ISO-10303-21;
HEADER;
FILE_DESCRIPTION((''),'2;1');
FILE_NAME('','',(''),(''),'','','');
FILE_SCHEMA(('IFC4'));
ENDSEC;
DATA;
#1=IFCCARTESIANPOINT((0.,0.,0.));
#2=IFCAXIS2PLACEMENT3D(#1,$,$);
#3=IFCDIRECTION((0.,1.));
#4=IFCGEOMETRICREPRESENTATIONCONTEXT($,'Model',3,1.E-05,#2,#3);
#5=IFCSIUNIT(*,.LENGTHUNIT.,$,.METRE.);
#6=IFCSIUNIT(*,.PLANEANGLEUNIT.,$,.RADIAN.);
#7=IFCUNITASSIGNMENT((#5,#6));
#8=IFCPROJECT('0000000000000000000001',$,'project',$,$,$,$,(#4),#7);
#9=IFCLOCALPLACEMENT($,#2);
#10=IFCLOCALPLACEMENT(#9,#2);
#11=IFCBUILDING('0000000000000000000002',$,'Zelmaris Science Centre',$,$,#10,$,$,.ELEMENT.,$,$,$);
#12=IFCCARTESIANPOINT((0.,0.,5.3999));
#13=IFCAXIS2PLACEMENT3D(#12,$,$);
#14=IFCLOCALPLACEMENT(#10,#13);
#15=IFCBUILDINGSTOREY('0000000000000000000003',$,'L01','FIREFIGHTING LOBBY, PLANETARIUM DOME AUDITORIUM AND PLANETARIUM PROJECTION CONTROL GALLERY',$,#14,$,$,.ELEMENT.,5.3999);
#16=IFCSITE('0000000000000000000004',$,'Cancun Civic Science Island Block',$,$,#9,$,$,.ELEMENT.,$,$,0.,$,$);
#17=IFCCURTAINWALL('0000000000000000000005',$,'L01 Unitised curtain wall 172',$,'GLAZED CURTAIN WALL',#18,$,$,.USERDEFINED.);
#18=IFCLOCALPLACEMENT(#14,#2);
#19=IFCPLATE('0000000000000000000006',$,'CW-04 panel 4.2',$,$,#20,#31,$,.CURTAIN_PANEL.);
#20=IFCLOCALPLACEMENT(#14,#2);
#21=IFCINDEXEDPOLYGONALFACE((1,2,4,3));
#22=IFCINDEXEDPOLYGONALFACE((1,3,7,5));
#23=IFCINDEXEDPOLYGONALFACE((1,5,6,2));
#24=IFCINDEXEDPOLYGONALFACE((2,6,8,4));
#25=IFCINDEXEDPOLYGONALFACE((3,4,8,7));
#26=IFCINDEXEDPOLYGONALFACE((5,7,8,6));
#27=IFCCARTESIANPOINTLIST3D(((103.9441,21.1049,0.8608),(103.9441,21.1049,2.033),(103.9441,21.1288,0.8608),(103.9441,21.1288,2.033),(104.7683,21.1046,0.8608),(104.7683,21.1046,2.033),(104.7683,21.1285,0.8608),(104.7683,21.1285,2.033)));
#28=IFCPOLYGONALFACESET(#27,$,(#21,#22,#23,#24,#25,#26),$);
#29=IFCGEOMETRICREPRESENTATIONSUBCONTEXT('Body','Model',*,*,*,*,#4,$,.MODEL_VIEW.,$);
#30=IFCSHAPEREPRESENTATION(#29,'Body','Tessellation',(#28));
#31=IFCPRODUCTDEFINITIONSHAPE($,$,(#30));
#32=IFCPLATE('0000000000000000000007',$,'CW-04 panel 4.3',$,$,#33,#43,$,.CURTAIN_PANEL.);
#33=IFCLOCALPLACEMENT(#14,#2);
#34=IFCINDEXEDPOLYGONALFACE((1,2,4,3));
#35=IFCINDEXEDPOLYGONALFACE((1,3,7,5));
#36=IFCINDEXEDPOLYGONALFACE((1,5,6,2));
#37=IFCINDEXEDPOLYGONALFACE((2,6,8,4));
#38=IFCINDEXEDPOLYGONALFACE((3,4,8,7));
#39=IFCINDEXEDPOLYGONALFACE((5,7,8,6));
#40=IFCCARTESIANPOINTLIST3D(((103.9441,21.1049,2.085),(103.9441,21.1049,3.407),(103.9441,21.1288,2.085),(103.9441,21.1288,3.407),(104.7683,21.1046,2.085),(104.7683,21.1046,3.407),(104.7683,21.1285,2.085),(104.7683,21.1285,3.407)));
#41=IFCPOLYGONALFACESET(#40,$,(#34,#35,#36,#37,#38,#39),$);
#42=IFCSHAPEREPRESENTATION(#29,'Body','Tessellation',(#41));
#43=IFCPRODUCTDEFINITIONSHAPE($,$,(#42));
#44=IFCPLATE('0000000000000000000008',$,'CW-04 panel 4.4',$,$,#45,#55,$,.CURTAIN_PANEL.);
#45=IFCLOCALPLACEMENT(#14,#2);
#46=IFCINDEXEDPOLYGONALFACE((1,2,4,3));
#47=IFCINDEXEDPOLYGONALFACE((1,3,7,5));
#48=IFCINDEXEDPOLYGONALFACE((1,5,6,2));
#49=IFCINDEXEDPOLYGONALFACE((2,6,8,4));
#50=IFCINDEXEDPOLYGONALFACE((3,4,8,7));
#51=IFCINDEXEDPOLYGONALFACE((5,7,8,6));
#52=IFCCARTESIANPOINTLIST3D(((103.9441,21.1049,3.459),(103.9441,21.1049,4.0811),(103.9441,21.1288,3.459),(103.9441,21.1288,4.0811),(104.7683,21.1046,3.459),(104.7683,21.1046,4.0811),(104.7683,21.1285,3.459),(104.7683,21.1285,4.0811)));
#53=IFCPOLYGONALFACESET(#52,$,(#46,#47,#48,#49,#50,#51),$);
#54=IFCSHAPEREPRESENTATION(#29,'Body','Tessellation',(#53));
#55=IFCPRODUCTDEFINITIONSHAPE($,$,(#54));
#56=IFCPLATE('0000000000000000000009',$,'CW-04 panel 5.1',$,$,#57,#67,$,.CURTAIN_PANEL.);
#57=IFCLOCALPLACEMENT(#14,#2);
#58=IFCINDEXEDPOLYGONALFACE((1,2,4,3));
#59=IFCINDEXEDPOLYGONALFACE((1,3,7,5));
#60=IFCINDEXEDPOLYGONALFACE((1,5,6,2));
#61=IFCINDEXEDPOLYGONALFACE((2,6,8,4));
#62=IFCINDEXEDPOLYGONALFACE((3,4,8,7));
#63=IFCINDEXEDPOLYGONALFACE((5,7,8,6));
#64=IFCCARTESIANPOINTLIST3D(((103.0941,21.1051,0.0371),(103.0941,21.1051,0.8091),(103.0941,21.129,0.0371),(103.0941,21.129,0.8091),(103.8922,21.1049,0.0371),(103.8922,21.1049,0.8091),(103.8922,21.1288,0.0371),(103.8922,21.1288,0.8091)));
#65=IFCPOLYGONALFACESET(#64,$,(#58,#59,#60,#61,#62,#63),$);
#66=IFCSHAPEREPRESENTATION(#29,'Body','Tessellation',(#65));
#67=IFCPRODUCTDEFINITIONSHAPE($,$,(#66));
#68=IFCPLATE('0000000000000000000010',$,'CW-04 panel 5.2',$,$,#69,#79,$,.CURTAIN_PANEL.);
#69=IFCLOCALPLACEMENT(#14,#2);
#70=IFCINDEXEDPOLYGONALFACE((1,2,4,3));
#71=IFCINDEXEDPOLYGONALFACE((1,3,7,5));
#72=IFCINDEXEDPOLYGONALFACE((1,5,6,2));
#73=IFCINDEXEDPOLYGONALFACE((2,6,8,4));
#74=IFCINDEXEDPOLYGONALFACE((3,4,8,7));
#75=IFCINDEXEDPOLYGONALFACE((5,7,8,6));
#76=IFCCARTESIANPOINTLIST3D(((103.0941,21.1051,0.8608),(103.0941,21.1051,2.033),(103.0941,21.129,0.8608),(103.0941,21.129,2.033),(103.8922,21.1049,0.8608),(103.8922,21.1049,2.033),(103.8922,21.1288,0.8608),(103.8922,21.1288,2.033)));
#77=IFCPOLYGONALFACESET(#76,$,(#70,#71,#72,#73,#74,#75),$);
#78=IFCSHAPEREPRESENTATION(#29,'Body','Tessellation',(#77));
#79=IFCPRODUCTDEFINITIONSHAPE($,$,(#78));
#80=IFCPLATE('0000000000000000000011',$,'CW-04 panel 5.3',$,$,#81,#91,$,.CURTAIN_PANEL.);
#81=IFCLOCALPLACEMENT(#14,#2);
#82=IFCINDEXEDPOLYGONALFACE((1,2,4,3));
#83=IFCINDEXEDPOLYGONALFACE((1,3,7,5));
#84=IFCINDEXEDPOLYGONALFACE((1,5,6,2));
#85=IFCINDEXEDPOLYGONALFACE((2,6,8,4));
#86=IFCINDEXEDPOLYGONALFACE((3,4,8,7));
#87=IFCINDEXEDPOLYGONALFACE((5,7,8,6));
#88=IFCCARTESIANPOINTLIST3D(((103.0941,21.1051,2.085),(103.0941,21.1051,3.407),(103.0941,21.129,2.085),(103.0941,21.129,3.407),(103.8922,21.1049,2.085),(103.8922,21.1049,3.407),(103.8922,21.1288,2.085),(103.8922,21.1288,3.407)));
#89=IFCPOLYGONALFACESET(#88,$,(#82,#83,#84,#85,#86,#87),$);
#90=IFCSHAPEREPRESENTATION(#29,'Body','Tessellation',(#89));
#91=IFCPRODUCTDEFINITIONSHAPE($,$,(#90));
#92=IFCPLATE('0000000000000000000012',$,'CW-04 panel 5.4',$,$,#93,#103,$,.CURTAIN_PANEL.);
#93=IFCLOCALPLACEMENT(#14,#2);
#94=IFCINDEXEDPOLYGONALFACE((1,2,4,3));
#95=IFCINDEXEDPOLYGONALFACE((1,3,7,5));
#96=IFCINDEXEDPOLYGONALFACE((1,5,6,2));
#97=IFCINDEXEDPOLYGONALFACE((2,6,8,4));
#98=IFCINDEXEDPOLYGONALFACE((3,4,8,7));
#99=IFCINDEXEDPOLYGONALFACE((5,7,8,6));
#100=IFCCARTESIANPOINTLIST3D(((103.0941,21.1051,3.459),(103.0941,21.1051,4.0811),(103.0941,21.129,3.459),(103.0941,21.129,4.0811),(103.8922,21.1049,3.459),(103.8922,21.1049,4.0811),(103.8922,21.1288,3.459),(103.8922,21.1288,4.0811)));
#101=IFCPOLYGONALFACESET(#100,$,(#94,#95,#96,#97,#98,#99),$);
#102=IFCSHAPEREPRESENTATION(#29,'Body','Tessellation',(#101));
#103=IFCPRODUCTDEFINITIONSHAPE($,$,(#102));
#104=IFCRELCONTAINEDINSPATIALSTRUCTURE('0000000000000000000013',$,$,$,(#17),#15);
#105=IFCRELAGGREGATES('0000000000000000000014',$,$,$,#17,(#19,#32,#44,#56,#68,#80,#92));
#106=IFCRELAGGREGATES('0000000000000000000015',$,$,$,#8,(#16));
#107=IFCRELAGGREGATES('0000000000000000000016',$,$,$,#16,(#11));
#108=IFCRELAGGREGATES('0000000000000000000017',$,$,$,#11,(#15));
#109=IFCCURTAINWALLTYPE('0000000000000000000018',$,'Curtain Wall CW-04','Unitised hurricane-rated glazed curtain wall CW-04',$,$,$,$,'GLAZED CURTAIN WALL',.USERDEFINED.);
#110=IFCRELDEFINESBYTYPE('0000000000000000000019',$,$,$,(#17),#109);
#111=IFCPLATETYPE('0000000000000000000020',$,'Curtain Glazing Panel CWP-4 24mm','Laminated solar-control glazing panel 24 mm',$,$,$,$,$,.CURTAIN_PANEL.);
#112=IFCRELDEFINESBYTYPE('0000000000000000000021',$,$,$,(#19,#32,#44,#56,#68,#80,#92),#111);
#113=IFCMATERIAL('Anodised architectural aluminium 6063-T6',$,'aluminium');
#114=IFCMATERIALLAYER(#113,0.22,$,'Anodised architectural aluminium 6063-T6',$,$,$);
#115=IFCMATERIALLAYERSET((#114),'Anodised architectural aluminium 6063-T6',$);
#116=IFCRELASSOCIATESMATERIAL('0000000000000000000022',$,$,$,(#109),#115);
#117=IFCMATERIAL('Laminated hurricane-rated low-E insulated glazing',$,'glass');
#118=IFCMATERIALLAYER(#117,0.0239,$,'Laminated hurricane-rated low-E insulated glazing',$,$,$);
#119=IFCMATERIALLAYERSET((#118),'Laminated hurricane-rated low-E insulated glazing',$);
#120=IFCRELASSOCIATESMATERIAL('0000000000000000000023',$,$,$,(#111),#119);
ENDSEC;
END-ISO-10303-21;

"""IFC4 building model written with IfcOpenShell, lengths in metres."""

from ifc_helpers import new_model, si_unit, direction, frame, origin, origin_2d, place, context, subcontext, project, spatial, rectangle, extrude, material, layer, layer_set, type_object, element, aggregate, save


model = new_model("IFC4")

# Units and contexts
model_context = context("Model", 3, precision=1e-05, world=origin(), true_north=direction((0.0, 1.0)))
body_context = subcontext(model_context, "Body", "Model", "MODEL_VIEW")
ifc_project = project(units=[si_unit("LENGTHUNIT", "METRE"), si_unit("PLANEANGLEUNIT", "RADIAN")], contexts=[model_context])

# Site, building, storey
site_placement = place(None, origin())
site = spatial("IfcSite", under=ifc_project, at=site_placement, Name="Cancun Civic Science Island Block", CompositionType="ELEMENT", RefElevation=0.0)
building_placement = place(site_placement, origin())
building = spatial("IfcBuilding", under=site, at=building_placement, Name="Zelmaris Science Centre", CompositionType="ELEMENT")
storey_placement = place(building_placement, frame((0.0, 0.0, 5.3999)))
storey = spatial("IfcBuildingStorey", under=building, at=storey_placement, Name="L01", Description="FIREFIGHTING LOBBY, PLANETARIUM DOME AUDITORIUM AND PLANETARIUM PROJECTION CONTROL GALLERY", CompositionType="ELEMENT", Elevation=5.3999)

# Curtain wall
ifc_material_1 = material(Name="Anodised architectural aluminium 6063-T6", Category="aluminium")
ifc_layer_1 = layer(ifc_material_1, 0.22, Name="Anodised architectural aluminium 6063-T6")
ifc_layer_set_1 = layer_set([ifc_layer_1], Name="Anodised architectural aluminium 6063-T6")
curtain_wall_type_1 = type_object("IfcCurtainWallType", Name="Curtain Wall CW-04", Description="Unitised hurricane-rated glazed curtain wall CW-04", ElementType="GLAZED CURTAIN WALL", PredefinedType="USERDEFINED", material=ifc_layer_set_1)
curtain_wall_1_placement = place(storey_placement, origin())
curtain_wall_1 = element("IfcCurtainWall", 1, at=curtain_wall_1_placement, inside=storey, type_object=curtain_wall_type_1, Name="L01 Unitised curtain wall 172", ObjectType="GLAZED CURTAIN WALL", PredefinedType="USERDEFINED")

# Plates
ifc_material_2 = material(Name="Laminated hurricane-rated low-E insulated glazing", Category="glass")
ifc_layer_2 = layer(ifc_material_2, 0.0239, Name="Laminated hurricane-rated low-E insulated glazing")
ifc_layer_set_2 = layer_set([ifc_layer_2], Name="Laminated hurricane-rated low-E insulated glazing")
plate_type_1 = type_object("IfcPlateType", Name="Curtain Glazing Panel CWP-4 24mm", Description="Laminated solar-control glazing panel 24 mm", PredefinedType="CURTAIN_PANEL", material=ifc_layer_set_2)
plate_1_placement = place(storey_placement, frame((104.3562, 21.1167, 0.8608), z_axis=(0.0, 0.0, 1.0), x_axis=(-1.0, 0.00032, 0.0)))
plate_1 = element("IfcPlate", 2, at=plate_1_placement, type_object=plate_type_1, Name="CW-04 panel 4.2", PredefinedType="CURTAIN_PANEL", context=body_context, shape_type="SweptSolid", body=[
    extrude(rectangle(XDim=0.8242, YDim=0.0239, at=origin_2d()), origin(), (0.0, 0.0, 1.0), 1.1721),
])
plate_2_placement = place(storey_placement, frame((104.3562, 21.1167, 2.085), z_axis=(0.0, 0.0, 1.0), x_axis=(-1.0, 0.00032, 0.0)))
plate_2 = element("IfcPlate", 3, at=plate_2_placement, type_object=plate_type_1, Name="CW-04 panel 4.3", PredefinedType="CURTAIN_PANEL", context=body_context, shape_type="SweptSolid", body=[
    extrude(rectangle(XDim=0.8242, YDim=0.0239, at=origin_2d()), origin(), (0.0, 0.0, 1.0), 1.322),
])
plate_3_placement = place(storey_placement, frame((104.3562, 21.1167, 3.459), z_axis=(0.0, 0.0, 1.0), x_axis=(-1.0, 0.00032, 0.0)))
plate_3 = element("IfcPlate", 4, at=plate_3_placement, type_object=plate_type_1, Name="CW-04 panel 4.4", PredefinedType="CURTAIN_PANEL", context=body_context, shape_type="SweptSolid", body=[
    extrude(rectangle(XDim=0.8242, YDim=0.0239, at=origin_2d()), origin(), (0.0, 0.0, 1.0), 0.6221),
])
plate_4_placement = place(storey_placement, frame((103.4932, 21.1169, 0.0371), z_axis=(0.0, 0.0, 1.0), x_axis=(-1.0, 0.00032, 0.0)))
plate_4 = element("IfcPlate", 5, at=plate_4_placement, type_object=plate_type_1, Name="CW-04 panel 5.1", PredefinedType="CURTAIN_PANEL", context=body_context, shape_type="SweptSolid", body=[
    extrude(rectangle(XDim=0.7981, YDim=0.0239, at=origin_2d()), origin(), (0.0, 0.0, 1.0), 0.772),
])
plate_5_placement = place(storey_placement, frame((103.4932, 21.1169, 0.8608), z_axis=(0.0, 0.0, 1.0), x_axis=(-1.0, 0.00032, 0.0)))
plate_5 = element("IfcPlate", 6, at=plate_5_placement, type_object=plate_type_1, Name="CW-04 panel 5.2", PredefinedType="CURTAIN_PANEL", context=body_context, shape_type="SweptSolid", body=[
    extrude(rectangle(XDim=0.7981, YDim=0.0239, at=origin_2d()), origin(), (0.0, 0.0, 1.0), 1.1721),
])
plate_6_placement = place(storey_placement, frame((103.4932, 21.1169, 2.085), z_axis=(0.0, 0.0, 1.0), x_axis=(-1.0, 0.00032, 0.0)))
plate_6 = element("IfcPlate", 7, at=plate_6_placement, type_object=plate_type_1, Name="CW-04 panel 5.3", PredefinedType="CURTAIN_PANEL", context=body_context, shape_type="SweptSolid", body=[
    extrude(rectangle(XDim=0.7981, YDim=0.0239, at=origin_2d()), origin(), (0.0, 0.0, 1.0), 1.322),
])
plate_7_placement = place(storey_placement, frame((103.4932, 21.1169, 3.459), z_axis=(0.0, 0.0, 1.0), x_axis=(-1.0, 0.00032, 0.0)))
plate_7 = element("IfcPlate", 8, at=plate_7_placement, type_object=plate_type_1, Name="CW-04 panel 5.4", PredefinedType="CURTAIN_PANEL", context=body_context, shape_type="SweptSolid", body=[
    extrude(rectangle(XDim=0.7981, YDim=0.0239, at=origin_2d()), origin(), (0.0, 0.0, 1.0), 0.6221),
])
aggregate(curtain_wall_1, [plate_1, plate_2, plate_3, plate_4, plate_5, plate_6, plate_7])

save(model, "model.ifc")
